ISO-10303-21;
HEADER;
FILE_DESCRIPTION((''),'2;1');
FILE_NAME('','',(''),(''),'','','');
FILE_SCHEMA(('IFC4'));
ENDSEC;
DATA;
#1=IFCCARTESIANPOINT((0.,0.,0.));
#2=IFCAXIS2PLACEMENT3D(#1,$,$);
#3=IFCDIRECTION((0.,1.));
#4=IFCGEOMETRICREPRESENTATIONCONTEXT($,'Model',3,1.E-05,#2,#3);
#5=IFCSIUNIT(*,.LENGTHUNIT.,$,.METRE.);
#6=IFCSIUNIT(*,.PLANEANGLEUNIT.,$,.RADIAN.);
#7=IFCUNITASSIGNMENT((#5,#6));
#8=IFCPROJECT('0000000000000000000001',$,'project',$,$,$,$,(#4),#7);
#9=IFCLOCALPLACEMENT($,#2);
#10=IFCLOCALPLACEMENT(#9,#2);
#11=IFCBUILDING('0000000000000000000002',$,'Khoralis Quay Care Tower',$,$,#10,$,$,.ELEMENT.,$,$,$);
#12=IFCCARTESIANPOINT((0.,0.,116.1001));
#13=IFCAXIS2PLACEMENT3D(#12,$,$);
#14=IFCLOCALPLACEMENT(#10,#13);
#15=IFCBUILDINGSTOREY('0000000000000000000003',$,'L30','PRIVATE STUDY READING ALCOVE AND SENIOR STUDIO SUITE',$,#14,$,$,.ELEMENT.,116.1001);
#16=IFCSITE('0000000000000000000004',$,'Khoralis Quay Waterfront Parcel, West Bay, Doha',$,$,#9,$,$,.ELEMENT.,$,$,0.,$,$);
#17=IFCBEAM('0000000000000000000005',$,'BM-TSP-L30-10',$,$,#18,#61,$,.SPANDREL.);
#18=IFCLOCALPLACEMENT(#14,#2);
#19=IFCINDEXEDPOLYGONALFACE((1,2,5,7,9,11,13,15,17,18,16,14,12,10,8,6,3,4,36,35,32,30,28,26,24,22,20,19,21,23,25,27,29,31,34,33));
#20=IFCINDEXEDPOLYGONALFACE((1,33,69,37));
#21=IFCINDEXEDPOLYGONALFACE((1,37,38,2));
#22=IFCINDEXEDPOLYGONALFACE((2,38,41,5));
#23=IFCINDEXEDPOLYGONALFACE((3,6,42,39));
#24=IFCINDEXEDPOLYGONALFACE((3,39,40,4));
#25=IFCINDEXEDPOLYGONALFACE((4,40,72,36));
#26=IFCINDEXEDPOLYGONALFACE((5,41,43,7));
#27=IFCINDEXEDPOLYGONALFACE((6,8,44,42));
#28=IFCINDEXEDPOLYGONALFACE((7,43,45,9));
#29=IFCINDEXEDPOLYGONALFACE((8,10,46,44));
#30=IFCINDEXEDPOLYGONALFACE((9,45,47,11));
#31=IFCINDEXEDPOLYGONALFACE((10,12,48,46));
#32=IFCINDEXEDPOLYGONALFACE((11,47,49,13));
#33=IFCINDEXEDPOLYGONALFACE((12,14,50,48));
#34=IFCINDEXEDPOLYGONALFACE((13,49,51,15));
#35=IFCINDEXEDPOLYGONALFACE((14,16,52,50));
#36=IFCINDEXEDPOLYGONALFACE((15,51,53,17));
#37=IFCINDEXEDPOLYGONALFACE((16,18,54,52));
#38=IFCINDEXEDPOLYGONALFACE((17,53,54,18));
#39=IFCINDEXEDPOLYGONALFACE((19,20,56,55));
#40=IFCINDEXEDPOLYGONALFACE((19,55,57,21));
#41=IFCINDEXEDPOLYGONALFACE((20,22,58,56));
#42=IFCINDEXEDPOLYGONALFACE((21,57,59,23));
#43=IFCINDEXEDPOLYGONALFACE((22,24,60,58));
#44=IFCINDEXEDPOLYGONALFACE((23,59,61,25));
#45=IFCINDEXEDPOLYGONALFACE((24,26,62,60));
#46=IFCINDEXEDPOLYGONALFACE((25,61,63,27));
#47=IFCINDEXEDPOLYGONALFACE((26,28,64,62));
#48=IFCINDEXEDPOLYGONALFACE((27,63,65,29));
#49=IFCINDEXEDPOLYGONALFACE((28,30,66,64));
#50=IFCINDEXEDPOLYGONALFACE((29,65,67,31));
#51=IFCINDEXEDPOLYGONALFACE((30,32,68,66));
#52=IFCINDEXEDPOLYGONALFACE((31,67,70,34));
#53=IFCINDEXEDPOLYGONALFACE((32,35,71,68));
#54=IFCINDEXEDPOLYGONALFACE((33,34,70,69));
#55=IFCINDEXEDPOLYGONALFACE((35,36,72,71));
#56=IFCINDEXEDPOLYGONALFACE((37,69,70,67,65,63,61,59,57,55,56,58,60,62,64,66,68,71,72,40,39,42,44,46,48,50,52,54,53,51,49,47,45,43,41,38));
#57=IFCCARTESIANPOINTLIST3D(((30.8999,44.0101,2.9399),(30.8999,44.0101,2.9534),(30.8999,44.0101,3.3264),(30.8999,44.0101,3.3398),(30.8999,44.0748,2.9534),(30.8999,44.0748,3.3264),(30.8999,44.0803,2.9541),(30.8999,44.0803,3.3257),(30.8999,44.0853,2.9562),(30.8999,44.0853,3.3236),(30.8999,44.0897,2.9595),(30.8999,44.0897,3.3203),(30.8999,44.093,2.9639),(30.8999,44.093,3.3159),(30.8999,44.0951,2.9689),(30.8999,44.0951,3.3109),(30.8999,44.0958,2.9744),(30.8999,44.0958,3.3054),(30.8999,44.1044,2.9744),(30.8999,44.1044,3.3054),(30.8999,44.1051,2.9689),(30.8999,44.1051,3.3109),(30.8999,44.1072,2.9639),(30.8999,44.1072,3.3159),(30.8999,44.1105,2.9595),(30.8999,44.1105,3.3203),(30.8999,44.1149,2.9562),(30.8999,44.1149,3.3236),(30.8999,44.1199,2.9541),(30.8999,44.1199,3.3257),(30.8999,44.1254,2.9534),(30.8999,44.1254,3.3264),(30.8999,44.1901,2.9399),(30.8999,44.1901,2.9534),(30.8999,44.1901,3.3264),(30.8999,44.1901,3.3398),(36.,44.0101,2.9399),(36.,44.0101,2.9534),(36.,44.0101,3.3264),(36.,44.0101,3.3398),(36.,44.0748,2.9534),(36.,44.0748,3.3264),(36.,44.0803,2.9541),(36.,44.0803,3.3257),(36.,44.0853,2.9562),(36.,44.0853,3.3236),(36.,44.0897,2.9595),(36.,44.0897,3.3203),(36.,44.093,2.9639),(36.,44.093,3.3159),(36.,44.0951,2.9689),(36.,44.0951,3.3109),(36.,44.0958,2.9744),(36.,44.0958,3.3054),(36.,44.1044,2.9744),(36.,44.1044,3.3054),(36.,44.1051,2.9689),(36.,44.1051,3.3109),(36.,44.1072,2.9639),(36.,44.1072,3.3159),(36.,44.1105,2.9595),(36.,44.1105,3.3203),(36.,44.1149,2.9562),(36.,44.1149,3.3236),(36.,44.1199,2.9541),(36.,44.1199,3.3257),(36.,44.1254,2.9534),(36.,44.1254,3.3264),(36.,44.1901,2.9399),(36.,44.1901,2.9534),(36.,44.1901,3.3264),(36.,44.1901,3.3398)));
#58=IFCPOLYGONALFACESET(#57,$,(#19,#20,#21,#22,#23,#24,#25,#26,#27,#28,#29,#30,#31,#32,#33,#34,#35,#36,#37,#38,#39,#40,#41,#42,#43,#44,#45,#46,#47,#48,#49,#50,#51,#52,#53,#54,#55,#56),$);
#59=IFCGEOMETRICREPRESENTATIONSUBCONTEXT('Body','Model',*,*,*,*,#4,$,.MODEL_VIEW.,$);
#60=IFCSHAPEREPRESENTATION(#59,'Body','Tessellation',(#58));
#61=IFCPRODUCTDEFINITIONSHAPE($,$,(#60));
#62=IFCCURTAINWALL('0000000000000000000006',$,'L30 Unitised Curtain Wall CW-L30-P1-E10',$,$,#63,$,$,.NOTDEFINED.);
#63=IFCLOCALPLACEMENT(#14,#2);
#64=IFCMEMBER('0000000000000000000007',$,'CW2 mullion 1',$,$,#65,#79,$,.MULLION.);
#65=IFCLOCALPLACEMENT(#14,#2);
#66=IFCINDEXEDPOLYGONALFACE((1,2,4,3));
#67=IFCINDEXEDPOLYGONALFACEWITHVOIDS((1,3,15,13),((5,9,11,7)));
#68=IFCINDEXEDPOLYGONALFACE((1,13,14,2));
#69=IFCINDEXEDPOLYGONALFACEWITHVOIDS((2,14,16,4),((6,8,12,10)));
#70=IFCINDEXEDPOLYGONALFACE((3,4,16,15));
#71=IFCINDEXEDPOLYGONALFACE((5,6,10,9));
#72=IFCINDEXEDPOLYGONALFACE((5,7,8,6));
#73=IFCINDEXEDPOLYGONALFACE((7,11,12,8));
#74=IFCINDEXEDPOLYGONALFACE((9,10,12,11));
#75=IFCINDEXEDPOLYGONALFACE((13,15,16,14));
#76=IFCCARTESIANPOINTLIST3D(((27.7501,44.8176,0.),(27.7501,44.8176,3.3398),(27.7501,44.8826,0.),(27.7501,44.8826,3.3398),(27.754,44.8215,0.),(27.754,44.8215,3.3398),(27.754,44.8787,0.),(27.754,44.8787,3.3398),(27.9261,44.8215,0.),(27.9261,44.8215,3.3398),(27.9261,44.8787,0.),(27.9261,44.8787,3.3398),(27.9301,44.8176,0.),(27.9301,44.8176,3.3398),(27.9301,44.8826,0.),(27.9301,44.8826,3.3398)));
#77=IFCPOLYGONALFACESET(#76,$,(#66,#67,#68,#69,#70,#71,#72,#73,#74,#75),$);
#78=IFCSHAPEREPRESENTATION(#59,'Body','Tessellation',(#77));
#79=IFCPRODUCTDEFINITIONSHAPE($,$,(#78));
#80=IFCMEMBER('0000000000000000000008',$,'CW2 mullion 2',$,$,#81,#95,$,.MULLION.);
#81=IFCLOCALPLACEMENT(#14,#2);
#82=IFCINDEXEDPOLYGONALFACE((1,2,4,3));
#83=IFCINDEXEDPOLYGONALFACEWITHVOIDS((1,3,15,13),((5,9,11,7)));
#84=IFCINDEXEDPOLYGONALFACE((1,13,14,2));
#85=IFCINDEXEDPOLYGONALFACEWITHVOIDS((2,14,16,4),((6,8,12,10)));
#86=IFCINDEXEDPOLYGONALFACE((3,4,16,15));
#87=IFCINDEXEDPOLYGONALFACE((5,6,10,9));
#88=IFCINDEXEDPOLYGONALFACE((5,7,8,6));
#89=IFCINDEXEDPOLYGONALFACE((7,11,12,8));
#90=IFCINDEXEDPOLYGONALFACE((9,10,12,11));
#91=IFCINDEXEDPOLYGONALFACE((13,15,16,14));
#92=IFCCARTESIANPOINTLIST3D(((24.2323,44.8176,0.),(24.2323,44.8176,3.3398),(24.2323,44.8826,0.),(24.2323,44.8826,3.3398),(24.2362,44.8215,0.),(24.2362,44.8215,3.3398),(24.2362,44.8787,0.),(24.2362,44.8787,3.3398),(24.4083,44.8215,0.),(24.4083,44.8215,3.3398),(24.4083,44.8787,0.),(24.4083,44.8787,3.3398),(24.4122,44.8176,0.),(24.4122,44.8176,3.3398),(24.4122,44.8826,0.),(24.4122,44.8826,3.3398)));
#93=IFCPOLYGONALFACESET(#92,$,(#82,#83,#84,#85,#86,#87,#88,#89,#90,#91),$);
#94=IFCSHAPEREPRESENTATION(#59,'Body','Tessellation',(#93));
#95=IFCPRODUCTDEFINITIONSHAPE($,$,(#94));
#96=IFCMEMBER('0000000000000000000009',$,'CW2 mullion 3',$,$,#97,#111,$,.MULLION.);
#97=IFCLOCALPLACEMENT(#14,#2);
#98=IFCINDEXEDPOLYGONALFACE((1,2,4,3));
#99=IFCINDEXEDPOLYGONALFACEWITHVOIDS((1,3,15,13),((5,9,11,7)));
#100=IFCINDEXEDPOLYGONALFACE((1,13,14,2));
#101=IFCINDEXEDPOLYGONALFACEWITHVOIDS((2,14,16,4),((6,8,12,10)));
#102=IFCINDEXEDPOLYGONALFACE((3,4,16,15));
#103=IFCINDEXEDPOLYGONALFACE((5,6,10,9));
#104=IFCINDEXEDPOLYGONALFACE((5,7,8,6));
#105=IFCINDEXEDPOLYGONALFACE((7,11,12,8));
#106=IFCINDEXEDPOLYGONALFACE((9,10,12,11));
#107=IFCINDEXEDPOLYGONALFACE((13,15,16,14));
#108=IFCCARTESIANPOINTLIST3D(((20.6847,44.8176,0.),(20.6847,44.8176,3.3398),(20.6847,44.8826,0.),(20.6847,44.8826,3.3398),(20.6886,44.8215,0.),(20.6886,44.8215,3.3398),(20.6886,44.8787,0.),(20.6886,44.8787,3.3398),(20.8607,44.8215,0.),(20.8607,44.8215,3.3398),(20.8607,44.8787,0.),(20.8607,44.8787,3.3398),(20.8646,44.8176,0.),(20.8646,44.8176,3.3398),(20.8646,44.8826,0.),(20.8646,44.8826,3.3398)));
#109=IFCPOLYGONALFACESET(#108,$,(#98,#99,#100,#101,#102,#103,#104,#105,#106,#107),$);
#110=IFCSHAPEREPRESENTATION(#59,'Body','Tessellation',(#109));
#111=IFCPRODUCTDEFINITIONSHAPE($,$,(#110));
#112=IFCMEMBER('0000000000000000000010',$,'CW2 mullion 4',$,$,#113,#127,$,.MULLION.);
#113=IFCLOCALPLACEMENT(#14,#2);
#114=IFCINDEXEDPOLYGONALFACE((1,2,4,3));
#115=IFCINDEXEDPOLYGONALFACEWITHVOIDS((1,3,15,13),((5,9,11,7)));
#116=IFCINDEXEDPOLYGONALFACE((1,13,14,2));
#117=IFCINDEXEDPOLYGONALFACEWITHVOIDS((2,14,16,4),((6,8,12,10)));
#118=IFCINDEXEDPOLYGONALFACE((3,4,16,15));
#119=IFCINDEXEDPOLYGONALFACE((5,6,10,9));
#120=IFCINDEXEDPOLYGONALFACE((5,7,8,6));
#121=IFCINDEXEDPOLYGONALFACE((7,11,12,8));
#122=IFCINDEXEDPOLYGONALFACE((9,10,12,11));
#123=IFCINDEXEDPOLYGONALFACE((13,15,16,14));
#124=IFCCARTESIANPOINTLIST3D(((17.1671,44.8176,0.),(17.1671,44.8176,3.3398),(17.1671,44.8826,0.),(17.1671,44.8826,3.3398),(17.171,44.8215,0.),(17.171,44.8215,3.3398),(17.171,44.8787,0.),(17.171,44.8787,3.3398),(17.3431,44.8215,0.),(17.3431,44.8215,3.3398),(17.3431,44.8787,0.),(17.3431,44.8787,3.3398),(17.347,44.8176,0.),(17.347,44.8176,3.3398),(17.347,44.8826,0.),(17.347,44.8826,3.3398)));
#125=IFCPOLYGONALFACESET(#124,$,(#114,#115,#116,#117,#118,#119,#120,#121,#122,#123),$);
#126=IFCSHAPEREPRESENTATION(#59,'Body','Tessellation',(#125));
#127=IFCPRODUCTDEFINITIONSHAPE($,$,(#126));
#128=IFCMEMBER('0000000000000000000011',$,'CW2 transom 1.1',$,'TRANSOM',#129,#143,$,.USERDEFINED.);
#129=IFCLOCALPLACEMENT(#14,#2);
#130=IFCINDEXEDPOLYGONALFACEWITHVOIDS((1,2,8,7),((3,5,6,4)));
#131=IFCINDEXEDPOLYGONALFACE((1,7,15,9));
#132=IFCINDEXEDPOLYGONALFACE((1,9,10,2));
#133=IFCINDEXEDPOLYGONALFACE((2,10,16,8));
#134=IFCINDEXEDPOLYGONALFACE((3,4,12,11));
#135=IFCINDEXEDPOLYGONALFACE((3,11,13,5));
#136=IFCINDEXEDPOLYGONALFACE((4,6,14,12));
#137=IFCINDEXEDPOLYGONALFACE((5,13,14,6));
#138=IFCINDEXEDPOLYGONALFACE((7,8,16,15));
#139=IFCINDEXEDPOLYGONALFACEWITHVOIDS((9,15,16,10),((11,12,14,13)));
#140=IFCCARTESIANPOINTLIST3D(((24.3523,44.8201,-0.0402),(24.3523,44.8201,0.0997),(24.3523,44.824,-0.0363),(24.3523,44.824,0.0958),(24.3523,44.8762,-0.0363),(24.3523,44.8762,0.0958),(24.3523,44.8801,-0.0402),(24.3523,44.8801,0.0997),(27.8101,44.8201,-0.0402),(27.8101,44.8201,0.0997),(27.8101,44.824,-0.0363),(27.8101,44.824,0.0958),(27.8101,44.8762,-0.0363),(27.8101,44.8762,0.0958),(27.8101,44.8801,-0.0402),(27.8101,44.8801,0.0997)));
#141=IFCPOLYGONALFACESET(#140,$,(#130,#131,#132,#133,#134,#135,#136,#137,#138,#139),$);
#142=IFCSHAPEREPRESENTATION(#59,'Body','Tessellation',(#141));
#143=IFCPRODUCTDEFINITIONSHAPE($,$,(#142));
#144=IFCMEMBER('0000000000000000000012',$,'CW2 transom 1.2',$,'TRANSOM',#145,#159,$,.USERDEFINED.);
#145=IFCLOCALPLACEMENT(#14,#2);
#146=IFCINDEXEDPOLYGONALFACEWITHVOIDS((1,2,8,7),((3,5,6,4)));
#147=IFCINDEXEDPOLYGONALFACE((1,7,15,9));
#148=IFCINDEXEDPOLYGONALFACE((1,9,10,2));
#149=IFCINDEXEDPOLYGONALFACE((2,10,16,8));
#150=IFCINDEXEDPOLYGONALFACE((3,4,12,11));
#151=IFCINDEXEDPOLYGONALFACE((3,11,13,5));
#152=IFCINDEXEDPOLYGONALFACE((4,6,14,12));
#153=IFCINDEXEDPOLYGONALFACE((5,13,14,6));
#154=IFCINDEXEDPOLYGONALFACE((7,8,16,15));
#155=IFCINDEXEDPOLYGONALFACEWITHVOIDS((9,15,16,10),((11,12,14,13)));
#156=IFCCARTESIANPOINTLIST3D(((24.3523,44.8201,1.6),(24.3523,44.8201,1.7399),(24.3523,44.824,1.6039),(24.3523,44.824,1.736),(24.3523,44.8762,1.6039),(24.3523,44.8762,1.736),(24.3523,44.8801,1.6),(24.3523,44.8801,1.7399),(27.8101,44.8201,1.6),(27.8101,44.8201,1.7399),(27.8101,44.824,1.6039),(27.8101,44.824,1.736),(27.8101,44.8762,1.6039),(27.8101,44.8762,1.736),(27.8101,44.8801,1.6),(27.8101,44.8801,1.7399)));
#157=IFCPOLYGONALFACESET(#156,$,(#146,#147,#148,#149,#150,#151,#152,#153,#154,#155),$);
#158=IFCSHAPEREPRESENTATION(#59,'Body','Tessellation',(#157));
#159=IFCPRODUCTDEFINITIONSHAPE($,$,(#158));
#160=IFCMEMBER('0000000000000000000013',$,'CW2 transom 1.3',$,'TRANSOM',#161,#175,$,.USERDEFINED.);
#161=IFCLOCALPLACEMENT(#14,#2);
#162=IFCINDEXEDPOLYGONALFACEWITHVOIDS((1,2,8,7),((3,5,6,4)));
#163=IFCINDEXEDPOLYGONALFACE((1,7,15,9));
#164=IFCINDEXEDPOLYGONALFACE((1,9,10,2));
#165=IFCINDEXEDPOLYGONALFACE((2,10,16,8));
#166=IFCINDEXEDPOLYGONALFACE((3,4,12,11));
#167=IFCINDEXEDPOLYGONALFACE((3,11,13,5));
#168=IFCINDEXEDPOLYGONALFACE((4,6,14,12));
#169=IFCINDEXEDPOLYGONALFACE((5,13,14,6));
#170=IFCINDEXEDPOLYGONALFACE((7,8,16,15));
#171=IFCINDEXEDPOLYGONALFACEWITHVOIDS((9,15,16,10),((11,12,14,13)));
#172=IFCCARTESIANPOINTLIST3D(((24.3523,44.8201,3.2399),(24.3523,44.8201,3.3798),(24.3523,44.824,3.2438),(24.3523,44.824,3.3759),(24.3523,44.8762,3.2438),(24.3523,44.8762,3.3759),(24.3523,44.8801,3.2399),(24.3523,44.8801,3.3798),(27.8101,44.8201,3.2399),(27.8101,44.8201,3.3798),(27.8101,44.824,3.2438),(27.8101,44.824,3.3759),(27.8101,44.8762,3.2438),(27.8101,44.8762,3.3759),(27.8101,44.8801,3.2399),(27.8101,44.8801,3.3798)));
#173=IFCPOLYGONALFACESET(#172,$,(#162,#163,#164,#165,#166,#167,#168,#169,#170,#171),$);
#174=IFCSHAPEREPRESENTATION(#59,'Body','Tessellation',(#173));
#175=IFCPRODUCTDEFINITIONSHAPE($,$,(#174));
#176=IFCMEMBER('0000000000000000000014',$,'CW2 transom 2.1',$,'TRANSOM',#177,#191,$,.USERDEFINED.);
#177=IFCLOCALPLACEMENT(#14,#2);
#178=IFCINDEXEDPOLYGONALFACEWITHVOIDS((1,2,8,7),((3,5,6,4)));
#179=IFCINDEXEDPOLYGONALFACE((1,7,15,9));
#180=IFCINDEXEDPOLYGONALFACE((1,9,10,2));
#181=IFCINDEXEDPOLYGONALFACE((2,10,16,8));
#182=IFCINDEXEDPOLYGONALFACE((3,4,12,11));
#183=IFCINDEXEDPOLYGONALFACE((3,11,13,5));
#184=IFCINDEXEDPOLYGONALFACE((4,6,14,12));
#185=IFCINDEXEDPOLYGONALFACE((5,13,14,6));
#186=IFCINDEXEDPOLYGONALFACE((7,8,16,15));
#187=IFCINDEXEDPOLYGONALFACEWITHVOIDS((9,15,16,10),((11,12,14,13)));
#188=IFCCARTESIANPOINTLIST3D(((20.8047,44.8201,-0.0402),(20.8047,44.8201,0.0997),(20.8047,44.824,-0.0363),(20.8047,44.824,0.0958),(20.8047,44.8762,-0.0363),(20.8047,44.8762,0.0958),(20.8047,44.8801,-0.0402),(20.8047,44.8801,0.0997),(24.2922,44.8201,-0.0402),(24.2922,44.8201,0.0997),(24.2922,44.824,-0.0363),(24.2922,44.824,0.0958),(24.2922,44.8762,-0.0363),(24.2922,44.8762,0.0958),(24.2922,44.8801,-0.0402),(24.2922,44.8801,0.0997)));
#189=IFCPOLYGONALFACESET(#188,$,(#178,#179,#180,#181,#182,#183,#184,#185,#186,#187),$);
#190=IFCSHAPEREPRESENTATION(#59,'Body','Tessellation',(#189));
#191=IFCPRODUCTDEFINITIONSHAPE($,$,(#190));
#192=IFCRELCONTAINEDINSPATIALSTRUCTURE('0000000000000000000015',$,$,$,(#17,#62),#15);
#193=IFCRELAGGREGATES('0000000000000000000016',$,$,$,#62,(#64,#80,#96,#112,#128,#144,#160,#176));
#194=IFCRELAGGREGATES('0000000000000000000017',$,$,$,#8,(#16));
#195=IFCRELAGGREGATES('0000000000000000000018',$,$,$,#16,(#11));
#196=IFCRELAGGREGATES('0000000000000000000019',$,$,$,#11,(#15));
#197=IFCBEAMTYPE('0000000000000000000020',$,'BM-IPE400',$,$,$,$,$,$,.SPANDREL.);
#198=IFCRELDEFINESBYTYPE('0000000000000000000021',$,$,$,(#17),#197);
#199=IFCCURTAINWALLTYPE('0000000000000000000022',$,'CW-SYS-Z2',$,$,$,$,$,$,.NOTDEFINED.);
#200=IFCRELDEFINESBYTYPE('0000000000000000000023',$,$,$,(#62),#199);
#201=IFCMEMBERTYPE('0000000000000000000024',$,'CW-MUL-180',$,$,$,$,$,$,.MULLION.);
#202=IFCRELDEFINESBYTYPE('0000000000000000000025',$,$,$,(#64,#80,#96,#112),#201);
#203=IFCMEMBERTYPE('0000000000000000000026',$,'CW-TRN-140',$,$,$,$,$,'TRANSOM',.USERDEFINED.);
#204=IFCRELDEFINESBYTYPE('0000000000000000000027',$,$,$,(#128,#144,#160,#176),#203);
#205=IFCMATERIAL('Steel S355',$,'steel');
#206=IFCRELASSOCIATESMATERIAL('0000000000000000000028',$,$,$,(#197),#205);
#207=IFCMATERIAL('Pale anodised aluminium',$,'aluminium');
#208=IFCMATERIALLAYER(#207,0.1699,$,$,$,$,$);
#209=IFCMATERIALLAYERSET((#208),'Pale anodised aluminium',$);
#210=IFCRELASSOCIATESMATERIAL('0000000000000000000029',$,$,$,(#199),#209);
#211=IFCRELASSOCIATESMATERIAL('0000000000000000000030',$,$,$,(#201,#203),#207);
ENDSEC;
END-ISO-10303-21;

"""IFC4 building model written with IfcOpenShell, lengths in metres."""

from ifc_helpers import new_model, si_unit, direction, frame, origin, origin_2d, place, context, subcontext, project, spatial, hollow_rectangle, i_section, extrude, source, transform, mapped, material, layer, layer_set, material_profile, profile_set, type_object, element, aggregate, save


model = new_model("IFC4")

# Units and contexts
model_context = context("Model", 3, precision=1e-05, world=origin(), true_north=direction((0.0, 1.0)))
body_context = subcontext(model_context, "Body", "Model", "MODEL_VIEW")
ifc_project = project(units=[si_unit("LENGTHUNIT", "METRE"), si_unit("PLANEANGLEUNIT", "RADIAN")], contexts=[model_context])

# Site, building, storey
site_placement = place(None, origin())
site = spatial("IfcSite", under=ifc_project, at=site_placement, Name="Khoralis Quay Waterfront Parcel, West Bay, Doha", CompositionType="ELEMENT", RefElevation=0.0)
building_placement = place(site_placement, origin())
building = spatial("IfcBuilding", under=site, at=building_placement, Name="Khoralis Quay Care Tower", CompositionType="ELEMENT")
storey_placement = place(building_placement, frame((0.0, 0.0, 116.1001)))
storey = spatial("IfcBuildingStorey", under=building, at=storey_placement, Name="L30", Description="PRIVATE STUDY READING ALCOVE AND SENIOR STUDIO SUITE", CompositionType="ELEMENT", Elevation=116.1001)

# Beam
ifc_material_1 = material(Name="Steel S355", Category="steel")
ifc_material_profile_1 = material_profile(ifc_material_1, i_section(OverallWidth=0.1799, OverallDepth=0.3999, WebThickness=0.0085, FlangeThickness=0.0134, FilletRadius=0.021, at=origin_2d()), Name="Steel S355")
ifc_profile_set_1 = profile_set([ifc_material_profile_1], Name="Steel S355")
beam_type = type_object("IfcBeamType", Name="BM-IPE400", PredefinedType="SPANDREL", material=ifc_profile_set_1)
shared_shape_1 = source(origin(), body_context, "Body", "SweptSolid", [
    extrude(i_section(OverallWidth=0.1799, OverallDepth=0.3999, WebThickness=0.0085, FlangeThickness=0.0134, FilletRadius=0.021, at=origin_2d()), origin(), (0.0, 0.0, 1.0), 5.1001),
])
beam_placement = place(storey_placement, frame((30.8999, 44.1001, 3.1399), z_axis=(1.0, 0.0, 0.0), x_axis=(0.0, 1.0, 0.0)))
element("IfcBeam", 1, at=beam_placement, inside=storey, type_object=beam_type, Name="BM-TSP-L30-10", PredefinedType="SPANDREL", context=body_context, shape_type="MappedRepresentation", body=[
    mapped(shared_shape_1, transform((0.0, 0.0, 0.0), scale=1.0)),
])

# Curtain wall, members
ifc_material_2 = material(Name="Pale anodised aluminium", Category="aluminium")
ifc_layer_1 = layer(ifc_material_2, 0.1699)
ifc_layer_set_1 = layer_set([ifc_layer_1], Name="Pale anodised aluminium")
curtain_wall_type = type_object("IfcCurtainWallType", Name="CW-SYS-Z2", PredefinedType="NOTDEFINED", material=ifc_layer_set_1)
curtain_wall_placement = place(storey_placement, origin())
curtain_wall = element("IfcCurtainWall", 2, at=curtain_wall_placement, inside=storey, type_object=curtain_wall_type, Name="L30 Unitised Curtain Wall CW-L30-P1-E10", PredefinedType="NOTDEFINED")
ifc_material_profile_2 = material_profile(ifc_material_2, hollow_rectangle(XDim=0.0649, YDim=0.1799, WallThickness=0.0039, at=origin_2d()), Name="Pale anodised aluminium")
ifc_profile_set_2 = profile_set([ifc_material_profile_2], Name="Pale anodised aluminium")
member_type_1 = type_object("IfcMemberType", Name="CW-MUL-180", PredefinedType="MULLION", material=ifc_profile_set_2)
shared_shape_2 = source(origin(), body_context, "Body", "SweptSolid", [
    extrude(hollow_rectangle(XDim=0.0649, YDim=0.1799, WallThickness=0.0039, at=origin_2d()), origin(), (0.0, 0.0, 1.0), 3.3398),
])
member_1_placement = place(storey_placement, frame((27.8401, 44.8501, 0.0), z_axis=(0.0, 0.0, 1.0), x_axis=(0.0, -1.0, 0.0)))
member_1 = element("IfcMember", 3, at=member_1_placement, type_object=member_type_1, Name="CW2 mullion 1", PredefinedType="MULLION", context=body_context, shape_type="MappedRepresentation", body=[
    mapped(shared_shape_2, transform((0.0, 0.0, 0.0), scale=1.0)),
])
member_2_placement = place(storey_placement, frame((24.3223, 44.8501, 0.0), z_axis=(0.0, 0.0, 1.0), x_axis=(0.0, -1.0, 0.0)))
member_2 = element("IfcMember", 4, at=member_2_placement, type_object=member_type_1, Name="CW2 mullion 2", PredefinedType="MULLION", context=body_context, shape_type="MappedRepresentation", body=[
    mapped(shared_shape_2, transform((0.0, 0.0, 0.0), scale=1.0)),
])
member_3_placement = place(storey_placement, frame((20.7747, 44.8501, 0.0), z_axis=(0.0, 0.0, 1.0), x_axis=(0.0, -1.0, 0.0)))
member_3 = element("IfcMember", 5, at=member_3_placement, type_object=member_type_1, Name="CW2 mullion 3", PredefinedType="MULLION", context=body_context, shape_type="MappedRepresentation", body=[
    mapped(shared_shape_2, transform((0.0, 0.0, 0.0), scale=1.0)),
])
member_4_placement = place(storey_placement, frame((17.2571, 44.8501, 0.0), z_axis=(0.0, 0.0, 1.0), x_axis=(0.0, -1.0, 0.0)))
member_4 = element("IfcMember", 6, at=member_4_placement, type_object=member_type_1, Name="CW2 mullion 4", PredefinedType="MULLION", context=body_context, shape_type="MappedRepresentation", body=[
    mapped(shared_shape_2, transform((0.0, 0.0, 0.0), scale=1.0)),
])
ifc_material_profile_3 = material_profile(ifc_material_2, hollow_rectangle(XDim=0.0601, YDim=0.1399, WallThickness=0.0039, at=origin_2d()), Name="Pale anodised aluminium")
ifc_profile_set_3 = profile_set([ifc_material_profile_3], Name="Pale anodised aluminium")
member_type_2 = type_object("IfcMemberType", Name="CW-TRN-140", ElementType="TRANSOM", PredefinedType="USERDEFINED", material=ifc_profile_set_3)
shared_shape_3 = source(origin(), body_context, "Body", "SweptSolid", [
    extrude(hollow_rectangle(XDim=0.0601, YDim=0.1399, WallThickness=0.0039, at=origin_2d()), origin(), (0.0, 0.0, 1.0), 3.4578),
])
member_5_placement = place(storey_placement, frame((27.8101, 44.8501, 0.0298), z_axis=(-1.0, 0.0, 0.0), x_axis=(0.0, -1.0, 0.0)))
member_5 = element("IfcMember", 7, at=member_5_placement, type_object=member_type_2, Name="CW2 transom 1.1", ObjectType="TRANSOM", PredefinedType="USERDEFINED", context=body_context, shape_type="MappedRepresentation", body=[
    mapped(shared_shape_3, transform((0.0, 0.0, 0.0), scale=1.0)),
])
member_6_placement = place(storey_placement, frame((27.8101, 44.8501, 1.6699), z_axis=(-1.0, 0.0, 0.0), x_axis=(0.0, -1.0, 0.0)))
member_6 = element("IfcMember", 8, at=member_6_placement, type_object=member_type_2, Name="CW2 transom 1.2", ObjectType="TRANSOM", PredefinedType="USERDEFINED", context=body_context, shape_type="MappedRepresentation", body=[
    mapped(shared_shape_3, transform((0.0, 0.0, 0.0), scale=1.0)),
])
member_7_placement = place(storey_placement, frame((27.8101, 44.8501, 3.3098), z_axis=(-1.0, 0.0, 0.0), x_axis=(0.0, -1.0, 0.0)))
member_7 = element("IfcMember", 9, at=member_7_placement, type_object=member_type_2, Name="CW2 transom 1.3", ObjectType="TRANSOM", PredefinedType="USERDEFINED", context=body_context, shape_type="MappedRepresentation", body=[
    mapped(shared_shape_3, transform((0.0, 0.0, 0.0), scale=1.0)),
])
shared_shape_4 = source(origin(), body_context, "Body", "SweptSolid", [
    extrude(hollow_rectangle(XDim=0.0601, YDim=0.1399, WallThickness=0.0039, at=origin_2d()), origin(), (0.0, 0.0, 1.0), 3.4875),
])
member_8_placement = place(storey_placement, frame((24.2922, 44.8501, 0.0298), z_axis=(-1.0, 0.0, 0.0), x_axis=(0.0, -1.0, 0.0)))
member_8 = element("IfcMember", 10, at=member_8_placement, type_object=member_type_2, Name="CW2 transom 2.1", ObjectType="TRANSOM", PredefinedType="USERDEFINED", context=body_context, shape_type="MappedRepresentation", body=[
    mapped(shared_shape_4, transform((0.0, 0.0, 0.0), scale=1.0)),
])
aggregate(curtain_wall, [member_1, member_2, member_3, member_4, member_5, member_6, member_7, member_8])

save(model, "model.ifc")
